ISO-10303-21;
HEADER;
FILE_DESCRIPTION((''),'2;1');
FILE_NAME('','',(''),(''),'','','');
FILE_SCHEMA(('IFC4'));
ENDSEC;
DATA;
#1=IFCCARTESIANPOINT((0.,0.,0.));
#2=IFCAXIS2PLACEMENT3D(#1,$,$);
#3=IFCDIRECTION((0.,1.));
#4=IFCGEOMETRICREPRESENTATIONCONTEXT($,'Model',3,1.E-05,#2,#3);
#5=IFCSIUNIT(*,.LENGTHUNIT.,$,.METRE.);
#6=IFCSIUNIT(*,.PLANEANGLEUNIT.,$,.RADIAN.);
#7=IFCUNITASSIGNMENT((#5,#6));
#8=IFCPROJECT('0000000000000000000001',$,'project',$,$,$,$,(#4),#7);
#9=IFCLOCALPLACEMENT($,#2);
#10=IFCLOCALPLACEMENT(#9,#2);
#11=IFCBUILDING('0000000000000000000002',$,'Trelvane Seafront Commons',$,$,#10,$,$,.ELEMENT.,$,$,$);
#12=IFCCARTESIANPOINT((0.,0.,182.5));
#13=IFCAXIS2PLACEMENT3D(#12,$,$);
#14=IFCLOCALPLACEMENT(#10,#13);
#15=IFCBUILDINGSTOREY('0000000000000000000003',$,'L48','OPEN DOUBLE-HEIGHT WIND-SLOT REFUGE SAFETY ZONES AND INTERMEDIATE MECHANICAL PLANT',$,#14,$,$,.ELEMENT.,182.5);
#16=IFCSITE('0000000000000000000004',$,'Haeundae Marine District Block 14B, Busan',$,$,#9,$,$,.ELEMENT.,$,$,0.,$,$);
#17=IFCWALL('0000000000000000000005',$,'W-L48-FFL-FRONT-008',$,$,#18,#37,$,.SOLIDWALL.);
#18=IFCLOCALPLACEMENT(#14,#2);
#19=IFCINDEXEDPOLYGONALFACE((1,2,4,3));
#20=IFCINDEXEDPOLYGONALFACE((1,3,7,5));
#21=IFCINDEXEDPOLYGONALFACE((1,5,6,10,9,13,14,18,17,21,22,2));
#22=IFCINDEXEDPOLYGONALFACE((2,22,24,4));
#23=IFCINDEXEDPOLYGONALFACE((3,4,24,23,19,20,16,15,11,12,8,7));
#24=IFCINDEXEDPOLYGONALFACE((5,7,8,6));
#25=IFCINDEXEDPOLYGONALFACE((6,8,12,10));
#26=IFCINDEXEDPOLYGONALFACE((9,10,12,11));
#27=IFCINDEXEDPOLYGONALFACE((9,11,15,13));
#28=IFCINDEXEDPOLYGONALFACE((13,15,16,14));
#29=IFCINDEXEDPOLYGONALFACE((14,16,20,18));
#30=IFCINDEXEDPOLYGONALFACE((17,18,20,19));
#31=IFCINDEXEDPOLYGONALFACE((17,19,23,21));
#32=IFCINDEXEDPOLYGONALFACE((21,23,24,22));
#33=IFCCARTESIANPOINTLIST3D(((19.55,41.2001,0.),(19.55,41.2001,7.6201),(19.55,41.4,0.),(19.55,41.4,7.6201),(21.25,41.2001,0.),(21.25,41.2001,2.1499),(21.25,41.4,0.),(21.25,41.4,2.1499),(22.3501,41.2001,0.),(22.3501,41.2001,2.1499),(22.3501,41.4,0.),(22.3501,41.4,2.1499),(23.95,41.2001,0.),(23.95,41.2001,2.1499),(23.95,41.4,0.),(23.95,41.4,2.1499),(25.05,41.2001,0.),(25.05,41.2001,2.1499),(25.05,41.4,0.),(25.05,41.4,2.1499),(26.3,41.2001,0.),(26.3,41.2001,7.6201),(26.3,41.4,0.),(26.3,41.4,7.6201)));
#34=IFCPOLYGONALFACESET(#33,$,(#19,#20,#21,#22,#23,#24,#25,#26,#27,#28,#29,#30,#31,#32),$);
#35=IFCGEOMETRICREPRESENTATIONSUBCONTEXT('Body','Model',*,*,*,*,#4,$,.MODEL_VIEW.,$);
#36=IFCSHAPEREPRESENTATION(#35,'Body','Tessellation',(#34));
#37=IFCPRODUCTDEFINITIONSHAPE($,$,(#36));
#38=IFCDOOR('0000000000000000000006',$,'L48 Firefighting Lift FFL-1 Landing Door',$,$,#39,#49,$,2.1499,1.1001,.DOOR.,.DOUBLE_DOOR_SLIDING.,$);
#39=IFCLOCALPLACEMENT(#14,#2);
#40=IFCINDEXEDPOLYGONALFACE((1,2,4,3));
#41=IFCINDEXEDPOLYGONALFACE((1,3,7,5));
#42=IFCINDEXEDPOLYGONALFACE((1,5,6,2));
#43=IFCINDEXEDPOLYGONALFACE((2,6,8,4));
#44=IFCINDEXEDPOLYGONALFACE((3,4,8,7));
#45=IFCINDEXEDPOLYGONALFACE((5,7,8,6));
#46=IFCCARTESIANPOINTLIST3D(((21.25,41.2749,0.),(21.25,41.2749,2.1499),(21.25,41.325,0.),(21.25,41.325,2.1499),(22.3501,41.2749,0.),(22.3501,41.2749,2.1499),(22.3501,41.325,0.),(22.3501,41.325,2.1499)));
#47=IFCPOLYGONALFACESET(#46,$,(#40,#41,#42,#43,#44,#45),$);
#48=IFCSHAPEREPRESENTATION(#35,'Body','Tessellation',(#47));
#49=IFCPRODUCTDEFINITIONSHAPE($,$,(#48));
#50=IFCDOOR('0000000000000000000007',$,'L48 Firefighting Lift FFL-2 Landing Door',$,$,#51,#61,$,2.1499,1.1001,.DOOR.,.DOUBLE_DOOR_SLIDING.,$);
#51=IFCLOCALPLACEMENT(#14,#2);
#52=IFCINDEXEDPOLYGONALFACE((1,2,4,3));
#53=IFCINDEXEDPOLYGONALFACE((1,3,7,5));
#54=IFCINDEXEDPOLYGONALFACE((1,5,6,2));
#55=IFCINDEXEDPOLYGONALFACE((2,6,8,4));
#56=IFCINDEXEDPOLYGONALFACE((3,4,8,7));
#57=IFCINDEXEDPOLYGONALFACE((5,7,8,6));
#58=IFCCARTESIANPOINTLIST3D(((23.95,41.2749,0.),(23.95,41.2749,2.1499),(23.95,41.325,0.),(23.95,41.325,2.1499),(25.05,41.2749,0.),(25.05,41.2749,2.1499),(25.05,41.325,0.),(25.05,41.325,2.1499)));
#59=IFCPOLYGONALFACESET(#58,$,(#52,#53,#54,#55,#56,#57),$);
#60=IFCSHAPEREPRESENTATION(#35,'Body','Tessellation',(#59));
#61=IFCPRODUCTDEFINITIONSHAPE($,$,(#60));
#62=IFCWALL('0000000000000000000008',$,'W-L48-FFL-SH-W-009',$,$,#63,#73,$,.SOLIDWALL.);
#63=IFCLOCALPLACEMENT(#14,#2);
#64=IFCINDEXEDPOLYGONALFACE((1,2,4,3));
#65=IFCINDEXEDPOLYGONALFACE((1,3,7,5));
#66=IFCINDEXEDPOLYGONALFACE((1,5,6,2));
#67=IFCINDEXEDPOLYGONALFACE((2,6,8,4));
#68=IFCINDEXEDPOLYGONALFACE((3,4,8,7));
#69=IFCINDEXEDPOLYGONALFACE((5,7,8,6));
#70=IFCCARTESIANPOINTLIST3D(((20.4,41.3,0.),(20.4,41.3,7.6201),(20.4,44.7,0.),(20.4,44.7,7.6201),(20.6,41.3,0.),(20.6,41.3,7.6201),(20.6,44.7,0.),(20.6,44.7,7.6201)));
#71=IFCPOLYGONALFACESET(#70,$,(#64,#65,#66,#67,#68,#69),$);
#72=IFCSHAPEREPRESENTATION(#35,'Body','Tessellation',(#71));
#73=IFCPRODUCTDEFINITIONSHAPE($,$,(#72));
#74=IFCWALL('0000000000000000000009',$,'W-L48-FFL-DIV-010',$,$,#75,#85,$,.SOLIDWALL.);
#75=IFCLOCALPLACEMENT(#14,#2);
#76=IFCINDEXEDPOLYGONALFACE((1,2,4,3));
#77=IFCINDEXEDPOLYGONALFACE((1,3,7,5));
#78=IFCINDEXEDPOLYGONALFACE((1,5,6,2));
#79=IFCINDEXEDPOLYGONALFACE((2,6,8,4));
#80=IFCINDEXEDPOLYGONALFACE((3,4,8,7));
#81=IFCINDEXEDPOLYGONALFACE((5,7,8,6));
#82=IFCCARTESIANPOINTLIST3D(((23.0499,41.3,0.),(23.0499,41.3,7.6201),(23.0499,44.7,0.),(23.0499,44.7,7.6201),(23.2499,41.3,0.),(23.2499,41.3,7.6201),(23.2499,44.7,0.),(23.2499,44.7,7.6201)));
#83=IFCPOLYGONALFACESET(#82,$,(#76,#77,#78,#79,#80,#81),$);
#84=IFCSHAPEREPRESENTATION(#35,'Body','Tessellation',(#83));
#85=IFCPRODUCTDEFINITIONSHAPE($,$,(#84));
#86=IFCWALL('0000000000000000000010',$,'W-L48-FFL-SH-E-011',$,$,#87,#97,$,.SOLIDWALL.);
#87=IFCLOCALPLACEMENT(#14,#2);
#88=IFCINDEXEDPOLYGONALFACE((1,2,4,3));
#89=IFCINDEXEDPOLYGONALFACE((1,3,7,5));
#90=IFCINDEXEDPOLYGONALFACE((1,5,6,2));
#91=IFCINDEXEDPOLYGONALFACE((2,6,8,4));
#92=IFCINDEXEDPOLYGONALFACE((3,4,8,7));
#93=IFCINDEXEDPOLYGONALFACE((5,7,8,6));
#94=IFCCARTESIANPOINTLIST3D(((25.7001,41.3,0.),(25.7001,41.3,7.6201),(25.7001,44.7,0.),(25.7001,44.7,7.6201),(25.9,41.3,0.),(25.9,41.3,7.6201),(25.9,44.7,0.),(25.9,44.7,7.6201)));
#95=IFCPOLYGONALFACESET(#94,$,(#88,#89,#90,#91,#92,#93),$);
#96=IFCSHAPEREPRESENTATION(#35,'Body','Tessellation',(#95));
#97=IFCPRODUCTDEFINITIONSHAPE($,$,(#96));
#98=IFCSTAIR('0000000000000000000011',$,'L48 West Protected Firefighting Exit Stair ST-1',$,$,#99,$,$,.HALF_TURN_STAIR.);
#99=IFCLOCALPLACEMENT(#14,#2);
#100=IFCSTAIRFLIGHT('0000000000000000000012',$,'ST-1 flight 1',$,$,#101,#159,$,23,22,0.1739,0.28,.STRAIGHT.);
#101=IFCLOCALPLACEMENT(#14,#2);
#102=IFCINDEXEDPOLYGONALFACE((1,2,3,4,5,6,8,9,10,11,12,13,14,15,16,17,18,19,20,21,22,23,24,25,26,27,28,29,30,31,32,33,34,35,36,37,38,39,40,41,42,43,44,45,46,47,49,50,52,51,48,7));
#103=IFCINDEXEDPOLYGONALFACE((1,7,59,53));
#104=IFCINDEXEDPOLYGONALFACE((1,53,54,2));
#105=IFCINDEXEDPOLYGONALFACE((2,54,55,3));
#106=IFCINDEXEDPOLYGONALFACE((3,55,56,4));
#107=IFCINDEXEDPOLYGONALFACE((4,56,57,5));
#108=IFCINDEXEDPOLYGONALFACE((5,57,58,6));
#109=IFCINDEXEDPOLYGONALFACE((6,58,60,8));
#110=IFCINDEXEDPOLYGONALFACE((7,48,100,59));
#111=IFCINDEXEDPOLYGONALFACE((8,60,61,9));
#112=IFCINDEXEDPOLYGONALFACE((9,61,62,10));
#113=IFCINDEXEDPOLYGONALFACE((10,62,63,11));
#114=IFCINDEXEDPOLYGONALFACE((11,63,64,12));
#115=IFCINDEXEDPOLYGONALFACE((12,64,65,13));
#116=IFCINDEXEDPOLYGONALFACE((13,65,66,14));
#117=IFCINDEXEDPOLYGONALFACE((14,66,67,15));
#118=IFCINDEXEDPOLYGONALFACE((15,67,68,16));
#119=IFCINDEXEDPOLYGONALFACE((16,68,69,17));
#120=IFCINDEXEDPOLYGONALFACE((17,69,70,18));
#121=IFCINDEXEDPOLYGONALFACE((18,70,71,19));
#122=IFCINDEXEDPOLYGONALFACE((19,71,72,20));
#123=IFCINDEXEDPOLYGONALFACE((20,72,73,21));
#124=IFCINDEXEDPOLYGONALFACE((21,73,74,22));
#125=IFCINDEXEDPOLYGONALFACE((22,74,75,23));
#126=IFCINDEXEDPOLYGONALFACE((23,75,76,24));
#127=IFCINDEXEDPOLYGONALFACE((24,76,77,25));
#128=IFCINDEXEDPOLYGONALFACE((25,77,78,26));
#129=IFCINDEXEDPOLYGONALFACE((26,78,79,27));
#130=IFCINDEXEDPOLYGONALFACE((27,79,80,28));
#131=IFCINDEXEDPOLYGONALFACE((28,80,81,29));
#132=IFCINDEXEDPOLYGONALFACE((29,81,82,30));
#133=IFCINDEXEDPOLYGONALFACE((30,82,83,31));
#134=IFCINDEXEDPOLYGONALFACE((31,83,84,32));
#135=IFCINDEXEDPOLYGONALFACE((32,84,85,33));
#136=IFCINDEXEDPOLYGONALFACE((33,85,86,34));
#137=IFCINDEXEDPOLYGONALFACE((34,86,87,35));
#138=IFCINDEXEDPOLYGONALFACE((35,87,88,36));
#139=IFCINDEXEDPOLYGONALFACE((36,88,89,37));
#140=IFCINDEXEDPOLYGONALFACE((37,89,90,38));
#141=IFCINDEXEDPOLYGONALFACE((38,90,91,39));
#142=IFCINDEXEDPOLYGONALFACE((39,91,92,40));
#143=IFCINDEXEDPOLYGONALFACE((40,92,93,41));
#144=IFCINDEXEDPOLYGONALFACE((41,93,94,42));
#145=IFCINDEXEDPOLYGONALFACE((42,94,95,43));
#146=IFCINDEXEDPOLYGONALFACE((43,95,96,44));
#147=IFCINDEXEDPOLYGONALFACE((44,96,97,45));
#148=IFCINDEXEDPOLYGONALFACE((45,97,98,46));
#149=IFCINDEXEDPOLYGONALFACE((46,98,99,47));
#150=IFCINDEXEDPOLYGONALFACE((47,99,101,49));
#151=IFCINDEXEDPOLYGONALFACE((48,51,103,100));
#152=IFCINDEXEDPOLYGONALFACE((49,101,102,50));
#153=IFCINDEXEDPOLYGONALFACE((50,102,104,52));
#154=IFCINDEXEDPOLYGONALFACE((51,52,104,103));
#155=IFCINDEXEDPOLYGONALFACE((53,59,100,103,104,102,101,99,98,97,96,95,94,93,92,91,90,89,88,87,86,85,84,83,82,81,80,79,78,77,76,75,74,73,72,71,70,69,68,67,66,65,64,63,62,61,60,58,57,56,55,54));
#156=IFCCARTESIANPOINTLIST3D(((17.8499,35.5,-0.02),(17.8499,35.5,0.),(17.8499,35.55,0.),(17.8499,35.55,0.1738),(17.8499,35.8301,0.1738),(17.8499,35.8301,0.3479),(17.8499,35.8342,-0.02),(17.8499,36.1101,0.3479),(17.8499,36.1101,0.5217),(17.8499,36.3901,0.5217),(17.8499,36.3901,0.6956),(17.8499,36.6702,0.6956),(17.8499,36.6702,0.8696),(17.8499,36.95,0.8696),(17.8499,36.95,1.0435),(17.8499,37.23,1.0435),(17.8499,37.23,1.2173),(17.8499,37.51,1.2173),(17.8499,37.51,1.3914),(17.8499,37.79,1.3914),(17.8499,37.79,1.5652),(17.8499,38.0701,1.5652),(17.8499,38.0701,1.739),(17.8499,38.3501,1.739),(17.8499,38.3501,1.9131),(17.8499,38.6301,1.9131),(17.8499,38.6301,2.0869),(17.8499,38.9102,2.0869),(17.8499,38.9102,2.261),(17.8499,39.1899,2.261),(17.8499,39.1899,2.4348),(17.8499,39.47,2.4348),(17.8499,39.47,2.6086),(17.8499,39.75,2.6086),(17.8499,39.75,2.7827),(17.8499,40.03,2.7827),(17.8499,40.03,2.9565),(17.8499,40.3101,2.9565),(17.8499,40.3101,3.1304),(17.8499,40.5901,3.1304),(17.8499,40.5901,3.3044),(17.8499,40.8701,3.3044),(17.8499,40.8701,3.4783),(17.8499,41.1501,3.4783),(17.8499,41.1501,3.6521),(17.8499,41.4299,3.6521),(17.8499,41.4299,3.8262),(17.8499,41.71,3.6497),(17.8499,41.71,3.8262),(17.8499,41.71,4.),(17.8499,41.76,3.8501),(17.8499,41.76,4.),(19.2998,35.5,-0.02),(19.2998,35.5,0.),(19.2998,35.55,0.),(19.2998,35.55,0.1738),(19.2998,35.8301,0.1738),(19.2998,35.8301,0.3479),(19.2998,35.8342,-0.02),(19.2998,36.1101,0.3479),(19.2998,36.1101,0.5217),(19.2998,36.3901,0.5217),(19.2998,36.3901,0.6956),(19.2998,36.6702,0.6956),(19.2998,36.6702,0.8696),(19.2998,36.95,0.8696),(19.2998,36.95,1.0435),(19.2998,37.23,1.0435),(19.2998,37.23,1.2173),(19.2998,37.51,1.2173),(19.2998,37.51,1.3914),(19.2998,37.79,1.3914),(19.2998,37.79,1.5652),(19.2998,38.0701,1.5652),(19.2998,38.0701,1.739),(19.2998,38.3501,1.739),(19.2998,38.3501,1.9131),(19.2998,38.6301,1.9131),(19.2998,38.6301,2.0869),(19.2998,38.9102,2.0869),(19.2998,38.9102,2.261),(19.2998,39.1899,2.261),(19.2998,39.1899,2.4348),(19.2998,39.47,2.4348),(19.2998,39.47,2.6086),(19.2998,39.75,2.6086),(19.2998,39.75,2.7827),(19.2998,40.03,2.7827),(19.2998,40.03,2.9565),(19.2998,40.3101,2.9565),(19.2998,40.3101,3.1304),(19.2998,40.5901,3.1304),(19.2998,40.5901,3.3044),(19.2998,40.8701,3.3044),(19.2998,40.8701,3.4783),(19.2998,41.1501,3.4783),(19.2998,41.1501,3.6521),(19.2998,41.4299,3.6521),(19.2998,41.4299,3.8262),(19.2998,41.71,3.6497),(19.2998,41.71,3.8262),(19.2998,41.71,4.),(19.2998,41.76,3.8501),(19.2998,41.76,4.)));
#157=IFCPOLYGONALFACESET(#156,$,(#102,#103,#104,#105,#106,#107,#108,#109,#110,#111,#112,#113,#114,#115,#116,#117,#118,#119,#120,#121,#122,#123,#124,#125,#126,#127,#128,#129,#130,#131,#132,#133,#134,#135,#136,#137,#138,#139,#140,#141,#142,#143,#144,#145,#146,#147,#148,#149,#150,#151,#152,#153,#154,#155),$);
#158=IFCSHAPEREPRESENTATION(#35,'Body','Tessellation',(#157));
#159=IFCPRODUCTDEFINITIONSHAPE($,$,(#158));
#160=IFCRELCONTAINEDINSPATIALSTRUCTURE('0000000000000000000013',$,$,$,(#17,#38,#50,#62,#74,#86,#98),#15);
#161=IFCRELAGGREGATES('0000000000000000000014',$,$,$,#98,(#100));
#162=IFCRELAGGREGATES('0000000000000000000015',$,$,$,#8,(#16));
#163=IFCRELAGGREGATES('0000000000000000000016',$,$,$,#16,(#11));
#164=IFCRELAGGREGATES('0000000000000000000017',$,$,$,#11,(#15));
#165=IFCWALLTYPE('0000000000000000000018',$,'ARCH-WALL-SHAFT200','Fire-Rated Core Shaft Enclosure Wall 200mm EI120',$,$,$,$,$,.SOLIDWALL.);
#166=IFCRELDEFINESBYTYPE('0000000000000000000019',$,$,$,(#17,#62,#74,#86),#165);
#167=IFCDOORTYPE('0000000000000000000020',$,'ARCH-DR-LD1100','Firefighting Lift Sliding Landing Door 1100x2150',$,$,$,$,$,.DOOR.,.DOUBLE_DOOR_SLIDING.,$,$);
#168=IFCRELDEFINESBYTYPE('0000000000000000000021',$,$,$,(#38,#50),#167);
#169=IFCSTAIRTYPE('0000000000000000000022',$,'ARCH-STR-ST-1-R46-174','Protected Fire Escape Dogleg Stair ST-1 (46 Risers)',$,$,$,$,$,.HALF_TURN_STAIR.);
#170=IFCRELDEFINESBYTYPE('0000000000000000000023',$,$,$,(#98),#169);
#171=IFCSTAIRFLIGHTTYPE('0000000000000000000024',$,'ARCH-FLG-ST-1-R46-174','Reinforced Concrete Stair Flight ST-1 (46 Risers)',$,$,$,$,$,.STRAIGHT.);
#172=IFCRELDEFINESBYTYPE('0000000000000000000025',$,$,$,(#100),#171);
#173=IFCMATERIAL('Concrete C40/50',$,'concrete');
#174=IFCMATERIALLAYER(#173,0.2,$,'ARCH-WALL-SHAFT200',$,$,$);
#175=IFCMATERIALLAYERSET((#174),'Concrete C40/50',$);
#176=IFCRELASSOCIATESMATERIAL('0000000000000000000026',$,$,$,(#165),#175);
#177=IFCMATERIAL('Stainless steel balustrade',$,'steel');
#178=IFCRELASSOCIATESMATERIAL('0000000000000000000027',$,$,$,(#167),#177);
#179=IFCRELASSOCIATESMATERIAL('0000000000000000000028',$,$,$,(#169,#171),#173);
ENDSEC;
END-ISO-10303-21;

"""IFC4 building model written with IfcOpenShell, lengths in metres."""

from ifc_helpers import new_model, si_unit, direction, frame, frame_2d, origin, place, context, subcontext, project, spatial, polyline, rectangle, outline, extrude, source, transform, mapped, material, layer, layer_set, type_object, element, fill, aggregate, save


model = new_model("IFC4")

# Units and contexts
model_context = context("Model", 3, precision=1e-05, world=origin(), true_north=direction((0.0, 1.0)))
body_context = subcontext(model_context, "Body", "Model", "MODEL_VIEW")
ifc_project = project(units=[si_unit("LENGTHUNIT", "METRE"), si_unit("PLANEANGLEUNIT", "RADIAN")], contexts=[model_context])

# Site, building, storey
site_placement = place(None, origin())
site = spatial("IfcSite", under=ifc_project, at=site_placement, Name="Haeundae Marine District Block 14B, Busan", CompositionType="ELEMENT", RefElevation=0.0)
building_placement = place(site_placement, origin())
building = spatial("IfcBuilding", under=site, at=building_placement, Name="Trelvane Seafront Commons", CompositionType="ELEMENT")
storey_placement = place(building_placement, frame((0.0, 0.0, 182.5)))
storey = spatial("IfcBuildingStorey", under=building, at=storey_placement, Name="L48", Description="OPEN DOUBLE-HEIGHT WIND-SLOT REFUGE SAFETY ZONES AND INTERMEDIATE MECHANICAL PLANT", CompositionType="ELEMENT", Elevation=182.5)

# Wall, openings, doors
ifc_material_1 = material(Name="Concrete C40/50", Category="concrete")
ifc_layer_1 = layer(ifc_material_1, 0.2, Name="ARCH-WALL-SHAFT200")
ifc_layer_set_1 = layer_set([ifc_layer_1], Name="Concrete C40/50")
wall_type_1 = type_object("IfcWallType", Name="ARCH-WALL-SHAFT200", Description="Fire-Rated Core Shaft Enclosure Wall 200mm EI120", PredefinedType="SOLIDWALL", material=ifc_layer_set_1)
wall_1_placement = place(storey_placement, frame((19.55, 41.3, 0.0), z_axis=(0.0, 0.0, 1.0), x_axis=(1.0, 0.0, 0.0)))
wall_1 = element("IfcWall", 1, at=wall_1_placement, inside=storey, type_object=wall_type_1, Name="W-L48-FFL-FRONT-008", PredefinedType="SOLIDWALL", context=body_context, shape_type="SweptSolid", body=[
    extrude(rectangle(XDim=6.75, YDim=0.2, at=frame_2d((3.375, 0.0))), origin(), (0.0, 0.0, 1.0), 7.6201),
])
opening_1_placement = place(wall_1_placement, frame((1.7, 0.0, 0.0)))
opening_1 = element("IfcOpeningElement", 2, at=opening_1_placement, cuts=wall_1, PredefinedType="OPENING", context=body_context, shape_type="SweptSolid", body=[
    extrude(rectangle(XDim=1.1001, YDim=2.1499, at=frame_2d((0.55, 1.075))), frame((0.0, 0.1099, 0.0), z_axis=(0.0, -1.0, 0.0), x_axis=(1.0, 0.0, 0.0)), (0.0, 0.0, 1.0), 0.22),
])
opening_2_placement = place(wall_1_placement, frame((4.3999, 0.0, 0.0)))
opening_2 = element("IfcOpeningElement", 3, at=opening_2_placement, cuts=wall_1, PredefinedType="OPENING", context=body_context, shape_type="SweptSolid", body=[
    extrude(rectangle(XDim=1.1001, YDim=2.1499, at=frame_2d((0.55, 1.075))), frame((0.0, 0.1099, 0.0), z_axis=(0.0, -1.0, 0.0), x_axis=(1.0, 0.0, 0.0)), (0.0, 0.0, 1.0), 0.22),
])
ifc_material_2 = material(Name="Stainless steel balustrade", Category="steel")
door_type_1 = type_object("IfcDoorType", Name="ARCH-DR-LD1100", Description="Firefighting Lift Sliding Landing Door 1100x2150", OperationType="DOUBLE_DOOR_SLIDING", PredefinedType="DOOR", material=ifc_material_2)
shared_shape_1 = source(origin(), body_context, "Body", "SweptSolid", [
    extrude(rectangle(XDim=1.1001, YDim=2.1499, at=frame_2d((0.55, 1.075))), frame((0.0, 0.0249, 0.0), z_axis=(0.0, -1.0, 0.0), x_axis=(1.0, 0.0, 0.0)), (0.0, 0.0, 1.0), 0.05),
])
door_1_placement = place(opening_1_placement, origin())
door_1 = element("IfcDoor", 4, at=door_1_placement, inside=storey, type_object=door_type_1, Name="L48 Firefighting Lift FFL-1 Landing Door", OperationType="DOUBLE_DOOR_SLIDING", OverallHeight=2.1499, OverallWidth=1.1001, PredefinedType="DOOR", context=body_context, shape_type="MappedRepresentation", body=[
    mapped(shared_shape_1, transform((0.0, 0.0, 0.0), x_axis=(1.0, 0.0, 0.0), y_axis=(0.0, 1.0, 0.0), z_axis=(0.0, 0.0, 1.0), scale=1.0)),
])
fill(opening_1, door_1)
door_2_placement = place(opening_2_placement, origin())
door_2 = element("IfcDoor", 5, at=door_2_placement, inside=storey, type_object=door_type_1, Name="L48 Firefighting Lift FFL-2 Landing Door", OperationType="DOUBLE_DOOR_SLIDING", OverallHeight=2.1499, OverallWidth=1.1001, PredefinedType="DOOR", context=body_context, shape_type="MappedRepresentation", body=[
    mapped(shared_shape_1, transform((0.0, 0.0, 0.0), x_axis=(1.0, 0.0, 0.0), y_axis=(0.0, 1.0, 0.0), z_axis=(0.0, 0.0, 1.0), scale=1.0)),
])
fill(opening_2, door_2)

# Walls
for number, where, z_axis, x_axis, name in (
    (6, (20.5, 41.3, 0.0), (0.0, 0.0, 1.0), (0.0, 1.0, 0.0), "W-L48-FFL-SH-W-009"),
    (7, (23.1499, 41.3, 0.0), (0.0, 0.0, 1.0), (0.0, 1.0, 0.0), "W-L48-FFL-DIV-010"),
    (8, (25.8, 41.3, 0.0), (0.0, 0.0, 1.0), (0.0, 1.0, 0.0), "W-L48-FFL-SH-E-011"),
):
    element("IfcWall", number, at=place(storey_placement, frame(where, z_axis=z_axis, x_axis=x_axis)), inside=storey, type_object=wall_type_1, Name=name, PredefinedType="SOLIDWALL", context=body_context, shape_type="SweptSolid", body=[
        extrude(rectangle(XDim=3.3999, YDim=0.2, at=frame_2d((1.7, 0.0))), origin(), (0.0, 0.0, 1.0), 7.6201),
    ])

# Stair, stair flight
stair_type = type_object("IfcStairType", Name="ARCH-STR-ST-1-R46-174", Description="Protected Fire Escape Dogleg Stair ST-1 (46 Risers)", PredefinedType="HALF_TURN_STAIR", material=ifc_material_1)
stair_placement = place(storey_placement, origin())
stair = element("IfcStair", 9, at=stair_placement, inside=storey, type_object=stair_type, Name="L48 West Protected Firefighting Exit Stair ST-1", PredefinedType="HALF_TURN_STAIR")
stair_flight_type = type_object("IfcStairFlightType", Name="ARCH-FLG-ST-1-R46-174", Description="Reinforced Concrete Stair Flight ST-1 (46 Risers)", PredefinedType="STRAIGHT", material=ifc_material_1)
shared_shape_2 = source(origin(), body_context, "Body", "SweptSolid", [
    extrude(outline(polyline([(-0.05, -0.02), (-0.05, 0.0), (0.0, 0.0), (0.0, 0.1738), (0.28, 0.1738), (0.28, 0.3479), (0.5601, 0.3479), (0.5601, 0.5217), (0.8401, 0.5217), (0.8401, 0.6956), (1.1201, 0.6956), (1.1201, 0.8696), (1.3999, 0.8696), (1.3999, 1.0435), (1.6799, 1.0435), (1.6799, 1.2173), (1.96, 1.2173), (1.96, 1.3914), (2.24, 1.3914), (2.24, 1.5652), (2.52, 1.5652), (2.52, 1.739), (2.8, 1.739), (2.8, 1.9131), (3.0801, 1.9131), (3.0801, 2.0869), (3.3601, 2.0869), (3.3601, 2.261), (3.6399, 2.261), (3.6399, 2.4348), (3.9199, 2.4348), (3.9199, 2.6086), (4.2, 2.6086), (4.2, 2.7827), (4.48, 2.7827), (4.48, 2.9565), (4.76, 2.9565), (4.76, 3.1304), (5.04, 3.1304), (5.04, 3.3044), (5.3201, 3.3044), (5.3201, 3.4783), (5.6001, 3.4783), (5.6001, 3.6521), (5.8799, 3.6521), (5.8799, 3.8262), (6.1599, 3.8262), (6.1599, 4.0), (6.21, 4.0), (6.21, 3.8501), (6.1599, 3.6497), (0.2842, -0.02), (-0.05, -0.02)])), frame((0.0, 0.7251, 0.0), z_axis=(0.0, -1.0, 0.0), x_axis=(1.0, 0.0, 0.0)), (0.0, 0.0, 1.0), 1.45),
])
stair_flight_1_placement = place(storey_placement, frame((18.575, 35.55, 0.0), z_axis=(0.0, 0.0, 1.0), x_axis=(0.0, 1.0, 0.0)))
stair_flight_1 = element("IfcStairFlight", 10, at=stair_flight_1_placement, type_object=stair_flight_type, Name="ST-1 flight 1", NumberOfRisers=23, NumberOfTreads=22, PredefinedType="STRAIGHT", RiserHeight=0.1739, TreadLength=0.28, context=body_context, shape_type="MappedRepresentation", body=[
    mapped(shared_shape_2, transform((0.0, 0.0, 0.0), x_axis=(1.0, 0.0, 0.0), y_axis=(0.0, 1.0, 0.0), z_axis=(0.0, 0.0, 1.0), scale=1.0)),
])
aggregate(stair, [stair_flight_1])

save(model, "model.ifc")
